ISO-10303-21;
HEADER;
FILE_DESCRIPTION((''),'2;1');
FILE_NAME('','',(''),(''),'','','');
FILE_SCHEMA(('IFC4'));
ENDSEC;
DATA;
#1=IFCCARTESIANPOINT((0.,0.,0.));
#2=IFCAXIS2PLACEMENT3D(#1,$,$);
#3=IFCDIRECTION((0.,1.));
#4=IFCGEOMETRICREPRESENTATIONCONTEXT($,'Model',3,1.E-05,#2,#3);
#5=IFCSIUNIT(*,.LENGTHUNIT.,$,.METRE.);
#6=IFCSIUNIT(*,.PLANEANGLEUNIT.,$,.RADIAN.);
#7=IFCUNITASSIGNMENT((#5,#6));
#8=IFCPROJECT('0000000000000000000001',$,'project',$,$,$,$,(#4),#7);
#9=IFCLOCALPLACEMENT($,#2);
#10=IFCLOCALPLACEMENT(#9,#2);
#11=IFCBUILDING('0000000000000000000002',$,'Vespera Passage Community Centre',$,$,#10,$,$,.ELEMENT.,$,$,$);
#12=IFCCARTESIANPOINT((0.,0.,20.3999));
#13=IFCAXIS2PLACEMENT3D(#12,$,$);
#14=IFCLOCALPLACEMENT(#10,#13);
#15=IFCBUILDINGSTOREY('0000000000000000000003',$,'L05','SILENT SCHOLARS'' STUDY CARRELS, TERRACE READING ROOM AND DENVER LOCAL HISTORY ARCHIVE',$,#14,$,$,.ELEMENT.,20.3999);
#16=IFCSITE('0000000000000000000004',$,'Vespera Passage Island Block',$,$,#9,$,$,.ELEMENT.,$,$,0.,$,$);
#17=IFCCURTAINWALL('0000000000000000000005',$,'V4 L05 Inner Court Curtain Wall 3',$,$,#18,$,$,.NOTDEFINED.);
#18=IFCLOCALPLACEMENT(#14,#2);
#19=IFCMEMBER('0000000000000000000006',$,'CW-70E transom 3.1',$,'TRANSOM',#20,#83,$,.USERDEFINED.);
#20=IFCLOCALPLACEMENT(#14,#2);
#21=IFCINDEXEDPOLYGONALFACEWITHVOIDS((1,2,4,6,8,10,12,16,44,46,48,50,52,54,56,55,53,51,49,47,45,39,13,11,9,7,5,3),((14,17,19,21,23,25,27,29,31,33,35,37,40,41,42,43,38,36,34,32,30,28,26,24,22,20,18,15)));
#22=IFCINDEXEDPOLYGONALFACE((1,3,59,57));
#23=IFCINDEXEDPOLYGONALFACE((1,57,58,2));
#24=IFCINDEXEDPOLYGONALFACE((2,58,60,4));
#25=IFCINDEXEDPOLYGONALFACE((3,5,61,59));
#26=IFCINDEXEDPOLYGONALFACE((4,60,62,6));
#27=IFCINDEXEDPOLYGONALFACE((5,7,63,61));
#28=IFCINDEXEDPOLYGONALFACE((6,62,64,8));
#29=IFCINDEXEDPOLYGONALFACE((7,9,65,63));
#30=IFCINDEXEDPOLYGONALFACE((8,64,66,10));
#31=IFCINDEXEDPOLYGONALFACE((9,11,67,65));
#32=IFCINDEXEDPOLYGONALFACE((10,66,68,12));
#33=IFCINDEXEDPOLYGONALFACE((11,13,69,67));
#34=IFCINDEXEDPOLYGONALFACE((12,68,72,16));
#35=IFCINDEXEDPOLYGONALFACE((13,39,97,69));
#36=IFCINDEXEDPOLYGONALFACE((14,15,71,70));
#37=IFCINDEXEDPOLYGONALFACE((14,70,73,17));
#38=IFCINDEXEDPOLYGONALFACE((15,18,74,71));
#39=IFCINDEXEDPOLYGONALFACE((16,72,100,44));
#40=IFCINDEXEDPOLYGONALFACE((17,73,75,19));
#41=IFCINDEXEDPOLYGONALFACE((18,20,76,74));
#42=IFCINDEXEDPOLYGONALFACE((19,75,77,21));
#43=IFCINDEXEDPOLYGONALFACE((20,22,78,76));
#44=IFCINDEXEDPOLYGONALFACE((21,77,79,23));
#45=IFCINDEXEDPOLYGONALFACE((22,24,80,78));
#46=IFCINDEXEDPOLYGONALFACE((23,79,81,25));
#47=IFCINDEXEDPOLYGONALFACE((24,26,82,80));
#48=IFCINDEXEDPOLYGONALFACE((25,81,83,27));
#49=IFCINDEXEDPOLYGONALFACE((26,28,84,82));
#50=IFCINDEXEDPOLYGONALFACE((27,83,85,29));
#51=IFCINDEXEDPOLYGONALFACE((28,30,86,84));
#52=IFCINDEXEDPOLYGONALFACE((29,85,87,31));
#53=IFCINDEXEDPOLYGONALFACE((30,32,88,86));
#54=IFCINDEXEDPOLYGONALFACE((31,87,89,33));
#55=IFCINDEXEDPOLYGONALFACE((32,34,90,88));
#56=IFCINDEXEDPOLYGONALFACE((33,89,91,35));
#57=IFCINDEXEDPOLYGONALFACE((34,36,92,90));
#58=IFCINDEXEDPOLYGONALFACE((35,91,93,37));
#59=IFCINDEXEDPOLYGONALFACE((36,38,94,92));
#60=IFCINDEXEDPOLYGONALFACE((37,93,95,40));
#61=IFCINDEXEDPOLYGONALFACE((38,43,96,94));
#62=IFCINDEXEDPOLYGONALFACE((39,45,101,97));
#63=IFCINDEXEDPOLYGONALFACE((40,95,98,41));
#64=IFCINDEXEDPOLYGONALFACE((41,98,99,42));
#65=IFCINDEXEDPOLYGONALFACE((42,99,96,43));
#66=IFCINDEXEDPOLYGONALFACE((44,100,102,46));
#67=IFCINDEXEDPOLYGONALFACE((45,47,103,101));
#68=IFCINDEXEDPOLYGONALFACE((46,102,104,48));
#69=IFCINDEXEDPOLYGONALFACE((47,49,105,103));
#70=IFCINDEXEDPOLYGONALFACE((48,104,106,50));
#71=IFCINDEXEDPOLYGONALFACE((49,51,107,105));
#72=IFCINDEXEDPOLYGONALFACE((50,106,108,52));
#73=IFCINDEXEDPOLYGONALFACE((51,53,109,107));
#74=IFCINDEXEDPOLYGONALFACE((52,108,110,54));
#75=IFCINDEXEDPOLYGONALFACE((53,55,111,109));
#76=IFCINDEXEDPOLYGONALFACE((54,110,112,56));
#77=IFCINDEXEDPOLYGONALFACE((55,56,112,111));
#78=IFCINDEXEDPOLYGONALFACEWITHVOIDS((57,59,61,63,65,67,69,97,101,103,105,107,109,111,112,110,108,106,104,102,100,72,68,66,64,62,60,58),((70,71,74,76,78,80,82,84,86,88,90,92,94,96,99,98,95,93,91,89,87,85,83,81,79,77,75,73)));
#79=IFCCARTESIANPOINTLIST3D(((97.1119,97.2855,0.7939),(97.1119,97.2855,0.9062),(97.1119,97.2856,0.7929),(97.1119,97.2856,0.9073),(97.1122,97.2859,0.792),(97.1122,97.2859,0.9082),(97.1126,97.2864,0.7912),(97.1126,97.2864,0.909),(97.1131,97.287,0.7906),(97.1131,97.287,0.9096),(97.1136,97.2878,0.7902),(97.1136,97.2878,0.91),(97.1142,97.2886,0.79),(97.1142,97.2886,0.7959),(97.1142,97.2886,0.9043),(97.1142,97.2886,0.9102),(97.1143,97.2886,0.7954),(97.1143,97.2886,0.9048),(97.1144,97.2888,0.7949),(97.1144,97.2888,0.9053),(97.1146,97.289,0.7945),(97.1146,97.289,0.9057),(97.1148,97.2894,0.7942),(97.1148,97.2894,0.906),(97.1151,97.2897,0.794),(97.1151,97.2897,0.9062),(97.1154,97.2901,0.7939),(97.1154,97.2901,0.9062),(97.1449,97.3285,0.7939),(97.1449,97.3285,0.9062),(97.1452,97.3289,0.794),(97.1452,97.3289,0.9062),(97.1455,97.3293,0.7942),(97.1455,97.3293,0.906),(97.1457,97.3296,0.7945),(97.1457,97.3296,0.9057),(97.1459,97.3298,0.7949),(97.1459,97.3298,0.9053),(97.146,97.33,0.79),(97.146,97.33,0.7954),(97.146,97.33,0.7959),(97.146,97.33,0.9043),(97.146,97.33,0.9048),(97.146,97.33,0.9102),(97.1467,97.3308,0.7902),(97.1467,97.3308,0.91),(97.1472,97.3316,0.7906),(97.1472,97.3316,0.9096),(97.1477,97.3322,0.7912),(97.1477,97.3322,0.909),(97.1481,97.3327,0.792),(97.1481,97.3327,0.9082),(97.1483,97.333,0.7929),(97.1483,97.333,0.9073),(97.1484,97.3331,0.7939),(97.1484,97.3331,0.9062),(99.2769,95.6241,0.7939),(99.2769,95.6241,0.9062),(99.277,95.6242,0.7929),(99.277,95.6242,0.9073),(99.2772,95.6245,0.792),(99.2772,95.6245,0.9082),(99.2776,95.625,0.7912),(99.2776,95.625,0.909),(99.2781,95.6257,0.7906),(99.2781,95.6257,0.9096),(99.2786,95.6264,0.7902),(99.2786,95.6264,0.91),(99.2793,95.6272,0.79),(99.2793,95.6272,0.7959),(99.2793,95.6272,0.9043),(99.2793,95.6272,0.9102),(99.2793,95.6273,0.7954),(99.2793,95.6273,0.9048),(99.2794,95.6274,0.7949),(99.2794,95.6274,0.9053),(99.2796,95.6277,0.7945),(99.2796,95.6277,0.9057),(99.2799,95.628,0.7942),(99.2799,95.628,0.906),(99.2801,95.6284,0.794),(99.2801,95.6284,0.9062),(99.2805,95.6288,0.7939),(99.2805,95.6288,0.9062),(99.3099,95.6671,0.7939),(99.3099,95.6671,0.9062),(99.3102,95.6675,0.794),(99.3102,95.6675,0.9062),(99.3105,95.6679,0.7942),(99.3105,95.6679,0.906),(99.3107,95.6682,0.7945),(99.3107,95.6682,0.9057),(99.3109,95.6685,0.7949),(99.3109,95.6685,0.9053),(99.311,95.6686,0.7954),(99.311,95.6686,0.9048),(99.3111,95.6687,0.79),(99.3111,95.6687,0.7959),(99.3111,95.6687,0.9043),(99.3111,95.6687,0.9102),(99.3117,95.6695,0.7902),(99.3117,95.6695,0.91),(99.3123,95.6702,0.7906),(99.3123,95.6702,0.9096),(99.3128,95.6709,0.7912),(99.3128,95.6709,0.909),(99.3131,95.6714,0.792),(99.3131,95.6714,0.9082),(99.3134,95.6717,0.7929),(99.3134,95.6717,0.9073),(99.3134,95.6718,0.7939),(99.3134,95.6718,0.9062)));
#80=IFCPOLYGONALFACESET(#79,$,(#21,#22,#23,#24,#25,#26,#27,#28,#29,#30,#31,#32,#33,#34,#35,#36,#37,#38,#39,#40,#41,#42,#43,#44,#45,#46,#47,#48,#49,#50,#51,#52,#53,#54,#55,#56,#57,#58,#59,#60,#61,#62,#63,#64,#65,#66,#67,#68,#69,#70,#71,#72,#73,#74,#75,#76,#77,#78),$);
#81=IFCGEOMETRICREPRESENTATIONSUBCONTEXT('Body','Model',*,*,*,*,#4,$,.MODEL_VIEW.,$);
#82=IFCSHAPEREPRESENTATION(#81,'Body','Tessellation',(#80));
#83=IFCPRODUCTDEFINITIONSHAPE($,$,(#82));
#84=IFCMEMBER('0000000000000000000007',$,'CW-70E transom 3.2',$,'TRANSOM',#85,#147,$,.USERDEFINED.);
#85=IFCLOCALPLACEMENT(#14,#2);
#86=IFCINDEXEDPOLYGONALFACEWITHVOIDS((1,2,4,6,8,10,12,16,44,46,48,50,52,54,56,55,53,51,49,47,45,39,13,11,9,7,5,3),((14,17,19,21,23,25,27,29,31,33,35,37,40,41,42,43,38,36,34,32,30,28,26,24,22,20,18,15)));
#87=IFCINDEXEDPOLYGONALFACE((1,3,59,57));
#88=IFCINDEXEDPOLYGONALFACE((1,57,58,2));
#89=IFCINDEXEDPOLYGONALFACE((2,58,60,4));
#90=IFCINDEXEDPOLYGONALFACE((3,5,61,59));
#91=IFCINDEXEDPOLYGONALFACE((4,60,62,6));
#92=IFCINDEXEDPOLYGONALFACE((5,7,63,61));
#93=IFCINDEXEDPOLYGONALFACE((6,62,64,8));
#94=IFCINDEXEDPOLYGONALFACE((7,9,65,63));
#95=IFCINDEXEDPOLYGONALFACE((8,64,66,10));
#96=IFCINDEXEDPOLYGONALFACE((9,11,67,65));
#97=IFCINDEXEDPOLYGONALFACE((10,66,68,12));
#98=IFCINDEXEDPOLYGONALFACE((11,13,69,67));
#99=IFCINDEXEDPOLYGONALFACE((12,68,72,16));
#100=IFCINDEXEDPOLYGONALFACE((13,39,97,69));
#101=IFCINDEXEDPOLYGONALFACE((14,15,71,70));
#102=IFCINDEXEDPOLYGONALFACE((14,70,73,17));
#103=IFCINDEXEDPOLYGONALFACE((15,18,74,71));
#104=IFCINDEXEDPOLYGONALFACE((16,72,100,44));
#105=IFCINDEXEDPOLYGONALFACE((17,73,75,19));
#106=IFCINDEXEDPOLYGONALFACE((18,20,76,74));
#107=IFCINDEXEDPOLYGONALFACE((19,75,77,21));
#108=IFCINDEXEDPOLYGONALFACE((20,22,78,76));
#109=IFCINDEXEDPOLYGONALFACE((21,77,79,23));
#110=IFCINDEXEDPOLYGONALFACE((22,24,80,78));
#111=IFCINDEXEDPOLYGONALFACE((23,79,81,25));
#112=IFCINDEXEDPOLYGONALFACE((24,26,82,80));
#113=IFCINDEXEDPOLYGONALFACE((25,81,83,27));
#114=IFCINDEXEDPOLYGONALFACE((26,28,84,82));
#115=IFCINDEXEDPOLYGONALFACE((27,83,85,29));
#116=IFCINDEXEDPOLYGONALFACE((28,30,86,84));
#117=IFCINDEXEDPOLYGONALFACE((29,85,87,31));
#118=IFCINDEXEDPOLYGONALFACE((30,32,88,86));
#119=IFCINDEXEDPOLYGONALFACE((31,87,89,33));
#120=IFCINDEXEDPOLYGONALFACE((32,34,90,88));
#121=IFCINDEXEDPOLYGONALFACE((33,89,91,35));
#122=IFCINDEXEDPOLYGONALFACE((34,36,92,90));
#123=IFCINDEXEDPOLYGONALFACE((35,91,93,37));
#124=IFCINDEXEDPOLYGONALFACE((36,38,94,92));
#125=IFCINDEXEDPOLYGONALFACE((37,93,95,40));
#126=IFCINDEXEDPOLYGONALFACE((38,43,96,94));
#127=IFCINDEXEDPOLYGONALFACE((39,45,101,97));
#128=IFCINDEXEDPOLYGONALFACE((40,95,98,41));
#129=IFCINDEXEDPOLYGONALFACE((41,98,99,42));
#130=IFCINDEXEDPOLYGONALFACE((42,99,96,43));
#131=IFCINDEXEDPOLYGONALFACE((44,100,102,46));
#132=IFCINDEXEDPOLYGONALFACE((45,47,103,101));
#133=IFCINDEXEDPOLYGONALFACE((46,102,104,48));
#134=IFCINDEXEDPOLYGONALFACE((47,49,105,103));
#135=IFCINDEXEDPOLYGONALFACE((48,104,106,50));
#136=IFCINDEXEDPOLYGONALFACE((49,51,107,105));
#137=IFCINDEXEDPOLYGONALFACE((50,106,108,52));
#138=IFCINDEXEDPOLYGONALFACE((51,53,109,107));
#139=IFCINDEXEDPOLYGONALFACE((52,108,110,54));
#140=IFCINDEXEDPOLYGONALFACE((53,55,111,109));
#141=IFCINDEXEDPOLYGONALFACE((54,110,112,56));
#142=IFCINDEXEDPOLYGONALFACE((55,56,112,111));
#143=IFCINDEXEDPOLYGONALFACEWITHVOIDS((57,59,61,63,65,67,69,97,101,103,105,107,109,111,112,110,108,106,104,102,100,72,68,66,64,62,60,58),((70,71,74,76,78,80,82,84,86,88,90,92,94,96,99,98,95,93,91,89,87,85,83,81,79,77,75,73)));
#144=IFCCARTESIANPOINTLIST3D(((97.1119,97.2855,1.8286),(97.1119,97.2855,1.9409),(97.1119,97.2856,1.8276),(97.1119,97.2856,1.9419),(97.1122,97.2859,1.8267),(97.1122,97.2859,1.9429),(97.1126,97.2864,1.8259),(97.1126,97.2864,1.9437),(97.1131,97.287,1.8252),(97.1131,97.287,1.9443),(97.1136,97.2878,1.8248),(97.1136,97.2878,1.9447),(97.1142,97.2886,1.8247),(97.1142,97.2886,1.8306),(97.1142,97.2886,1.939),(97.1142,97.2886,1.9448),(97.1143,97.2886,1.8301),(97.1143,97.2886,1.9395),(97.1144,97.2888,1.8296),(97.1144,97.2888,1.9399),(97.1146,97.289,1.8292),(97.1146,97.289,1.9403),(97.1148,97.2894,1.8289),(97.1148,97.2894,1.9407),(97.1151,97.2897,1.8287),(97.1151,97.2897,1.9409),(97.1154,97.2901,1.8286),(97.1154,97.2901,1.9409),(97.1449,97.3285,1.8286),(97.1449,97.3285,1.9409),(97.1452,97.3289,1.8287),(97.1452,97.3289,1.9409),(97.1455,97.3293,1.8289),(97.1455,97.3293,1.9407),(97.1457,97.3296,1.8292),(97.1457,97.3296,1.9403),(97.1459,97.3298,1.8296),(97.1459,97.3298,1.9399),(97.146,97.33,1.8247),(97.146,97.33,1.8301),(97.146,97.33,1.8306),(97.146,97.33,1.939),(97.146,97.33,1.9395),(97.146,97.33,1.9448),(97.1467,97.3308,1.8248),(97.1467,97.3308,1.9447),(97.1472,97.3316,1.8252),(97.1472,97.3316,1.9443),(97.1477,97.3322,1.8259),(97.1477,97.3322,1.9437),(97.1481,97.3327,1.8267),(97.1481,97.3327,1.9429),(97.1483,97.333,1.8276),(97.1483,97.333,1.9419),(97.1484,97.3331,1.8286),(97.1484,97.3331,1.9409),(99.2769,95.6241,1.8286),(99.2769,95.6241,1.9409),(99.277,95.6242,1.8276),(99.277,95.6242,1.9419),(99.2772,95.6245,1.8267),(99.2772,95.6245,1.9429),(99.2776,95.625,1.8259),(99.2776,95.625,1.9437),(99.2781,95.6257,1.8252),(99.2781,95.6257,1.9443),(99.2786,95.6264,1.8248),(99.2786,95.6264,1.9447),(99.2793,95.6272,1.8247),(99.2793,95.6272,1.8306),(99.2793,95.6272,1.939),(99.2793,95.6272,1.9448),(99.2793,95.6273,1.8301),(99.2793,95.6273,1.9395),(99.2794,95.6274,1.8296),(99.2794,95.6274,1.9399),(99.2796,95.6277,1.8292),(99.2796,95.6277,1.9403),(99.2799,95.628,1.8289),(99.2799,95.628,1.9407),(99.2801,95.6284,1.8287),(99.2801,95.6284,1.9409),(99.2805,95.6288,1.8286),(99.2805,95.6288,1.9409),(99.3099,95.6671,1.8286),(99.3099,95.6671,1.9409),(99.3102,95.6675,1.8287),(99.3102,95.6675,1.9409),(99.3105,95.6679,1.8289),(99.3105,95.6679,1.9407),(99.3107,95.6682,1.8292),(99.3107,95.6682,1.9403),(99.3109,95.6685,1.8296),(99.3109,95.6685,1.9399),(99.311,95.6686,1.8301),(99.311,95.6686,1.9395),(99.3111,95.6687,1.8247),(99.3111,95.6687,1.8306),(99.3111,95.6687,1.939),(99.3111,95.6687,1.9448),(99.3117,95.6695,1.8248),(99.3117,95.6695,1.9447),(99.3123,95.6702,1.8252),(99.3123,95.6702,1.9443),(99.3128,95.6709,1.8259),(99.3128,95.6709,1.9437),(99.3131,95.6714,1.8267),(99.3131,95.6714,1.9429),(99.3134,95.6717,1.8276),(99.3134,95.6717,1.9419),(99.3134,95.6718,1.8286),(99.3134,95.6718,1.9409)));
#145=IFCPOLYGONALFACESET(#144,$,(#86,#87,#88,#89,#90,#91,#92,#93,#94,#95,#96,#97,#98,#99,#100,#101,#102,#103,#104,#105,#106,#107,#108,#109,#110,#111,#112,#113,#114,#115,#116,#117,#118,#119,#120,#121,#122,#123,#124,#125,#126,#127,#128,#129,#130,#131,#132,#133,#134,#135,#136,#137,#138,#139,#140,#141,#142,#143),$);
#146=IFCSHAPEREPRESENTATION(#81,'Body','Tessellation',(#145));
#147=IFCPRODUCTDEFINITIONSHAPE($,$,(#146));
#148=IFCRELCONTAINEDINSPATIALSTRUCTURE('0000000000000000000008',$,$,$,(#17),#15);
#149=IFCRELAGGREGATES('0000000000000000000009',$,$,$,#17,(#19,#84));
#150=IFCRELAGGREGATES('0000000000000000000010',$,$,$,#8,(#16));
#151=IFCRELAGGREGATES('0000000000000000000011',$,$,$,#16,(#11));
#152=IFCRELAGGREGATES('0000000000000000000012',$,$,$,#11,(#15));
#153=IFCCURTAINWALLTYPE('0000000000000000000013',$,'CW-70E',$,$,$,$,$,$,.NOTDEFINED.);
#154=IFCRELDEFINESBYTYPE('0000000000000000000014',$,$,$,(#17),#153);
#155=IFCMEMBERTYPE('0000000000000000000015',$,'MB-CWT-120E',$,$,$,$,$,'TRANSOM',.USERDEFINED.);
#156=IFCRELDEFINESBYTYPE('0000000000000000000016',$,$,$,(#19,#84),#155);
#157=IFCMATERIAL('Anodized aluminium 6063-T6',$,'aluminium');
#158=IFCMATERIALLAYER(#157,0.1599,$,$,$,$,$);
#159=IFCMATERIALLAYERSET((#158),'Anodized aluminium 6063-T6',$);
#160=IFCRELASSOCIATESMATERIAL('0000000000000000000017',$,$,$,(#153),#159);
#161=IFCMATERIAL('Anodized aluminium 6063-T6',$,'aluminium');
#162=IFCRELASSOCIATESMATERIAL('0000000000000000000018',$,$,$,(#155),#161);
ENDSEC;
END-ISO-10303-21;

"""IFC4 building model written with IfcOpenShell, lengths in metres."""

from ifc_helpers import new_model, si_unit, direction, frame, origin, origin_2d, place, context, subcontext, project, spatial, hollow_rectangle, extrude, material, layer, layer_set, material_profile, profile_set, type_object, element, aggregate, save


model = new_model("IFC4")

# Units and contexts
model_context = context("Model", 3, precision=1e-05, world=origin(), true_north=direction((0.0, 1.0)))
body_context = subcontext(model_context, "Body", "Model", "MODEL_VIEW")
ifc_project = project(units=[si_unit("LENGTHUNIT", "METRE"), si_unit("PLANEANGLEUNIT", "RADIAN")], contexts=[model_context])

# Site, building, storey
site_placement = place(None, origin())
site = spatial("IfcSite", under=ifc_project, at=site_placement, Name="Vespera Passage Island Block", CompositionType="ELEMENT", RefElevation=0.0)
building_placement = place(site_placement, origin())
building = spatial("IfcBuilding", under=site, at=building_placement, Name="Vespera Passage Community Centre", CompositionType="ELEMENT")
storey_placement = place(building_placement, frame((0.0, 0.0, 20.3999)))
storey = spatial("IfcBuildingStorey", under=building, at=storey_placement, Name="L05", Description="SILENT SCHOLARS' STUDY CARRELS, TERRACE READING ROOM AND DENVER LOCAL HISTORY ARCHIVE", CompositionType="ELEMENT", Elevation=20.3999)

# Curtain wall
ifc_material_1 = material(Name="Anodized aluminium 6063-T6", Category="aluminium")
ifc_layer_1 = layer(ifc_material_1, 0.1599)
ifc_layer_set_1 = layer_set([ifc_layer_1], Name="Anodized aluminium 6063-T6")
curtain_wall_type_1 = type_object("IfcCurtainWallType", Name="CW-70E", PredefinedType="NOTDEFINED", material=ifc_layer_set_1)
curtain_wall_1_placement = place(storey_placement, origin())
curtain_wall_1 = element("IfcCurtainWall", 1, at=curtain_wall_1_placement, inside=storey, type_object=curtain_wall_type_1, Name="V4 L05 Inner Court Curtain Wall 3", PredefinedType="NOTDEFINED")

# Members
ifc_material_2 = material(Name="Anodized aluminium 6063-T6", Category="aluminium")
ifc_material_profile_1 = material_profile(ifc_material_2, hollow_rectangle(XDim=0.0601, YDim=0.1201, WallThickness=0.0039, InnerFilletRadius=0.002, OuterFilletRadius=0.0039, at=origin_2d()), Name="ALU120X60X4")
ifc_profile_set_1 = profile_set([ifc_material_profile_1], Name="Anodized aluminium 6063-T6")
member_type_1 = type_object("IfcMemberType", Name="MB-CWT-120E", ElementType="TRANSOM", PredefinedType="USERDEFINED", material=ifc_profile_set_1)
member_1_placement = place(storey_placement, frame((99.2952, 95.6479, 0.8501), z_axis=(-0.793338, 0.608781, 0.0), x_axis=(-0.608781, -0.793338, 0.0)))
member_1 = element("IfcMember", 2, at=member_1_placement, type_object=member_type_1, Name="CW-70E transom 3.1", ObjectType="TRANSOM", PredefinedType="USERDEFINED", context=body_context, shape_type="SweptSolid", body=[
    extrude(hollow_rectangle(XDim=0.0601, YDim=0.1201, WallThickness=0.0039, InnerFilletRadius=0.002, OuterFilletRadius=0.0039, at=origin_2d()), origin(), (0.0, 0.0, 1.0), 2.729),
])
member_2_placement = place(storey_placement, frame((99.2952, 95.6479, 1.8848), z_axis=(-0.793338, 0.608781, 0.0), x_axis=(-0.608781, -0.793338, 0.0)))
member_2 = element("IfcMember", 3, at=member_2_placement, type_object=member_type_1, Name="CW-70E transom 3.2", ObjectType="TRANSOM", PredefinedType="USERDEFINED", context=body_context, shape_type="SweptSolid", body=[
    extrude(hollow_rectangle(XDim=0.0601, YDim=0.1201, WallThickness=0.0039, InnerFilletRadius=0.002, OuterFilletRadius=0.0039, at=origin_2d()), origin(), (0.0, 0.0, 1.0), 2.729),
])

aggregate(curtain_wall_1, [member_1, member_2])

save(model, "model.ifc")
